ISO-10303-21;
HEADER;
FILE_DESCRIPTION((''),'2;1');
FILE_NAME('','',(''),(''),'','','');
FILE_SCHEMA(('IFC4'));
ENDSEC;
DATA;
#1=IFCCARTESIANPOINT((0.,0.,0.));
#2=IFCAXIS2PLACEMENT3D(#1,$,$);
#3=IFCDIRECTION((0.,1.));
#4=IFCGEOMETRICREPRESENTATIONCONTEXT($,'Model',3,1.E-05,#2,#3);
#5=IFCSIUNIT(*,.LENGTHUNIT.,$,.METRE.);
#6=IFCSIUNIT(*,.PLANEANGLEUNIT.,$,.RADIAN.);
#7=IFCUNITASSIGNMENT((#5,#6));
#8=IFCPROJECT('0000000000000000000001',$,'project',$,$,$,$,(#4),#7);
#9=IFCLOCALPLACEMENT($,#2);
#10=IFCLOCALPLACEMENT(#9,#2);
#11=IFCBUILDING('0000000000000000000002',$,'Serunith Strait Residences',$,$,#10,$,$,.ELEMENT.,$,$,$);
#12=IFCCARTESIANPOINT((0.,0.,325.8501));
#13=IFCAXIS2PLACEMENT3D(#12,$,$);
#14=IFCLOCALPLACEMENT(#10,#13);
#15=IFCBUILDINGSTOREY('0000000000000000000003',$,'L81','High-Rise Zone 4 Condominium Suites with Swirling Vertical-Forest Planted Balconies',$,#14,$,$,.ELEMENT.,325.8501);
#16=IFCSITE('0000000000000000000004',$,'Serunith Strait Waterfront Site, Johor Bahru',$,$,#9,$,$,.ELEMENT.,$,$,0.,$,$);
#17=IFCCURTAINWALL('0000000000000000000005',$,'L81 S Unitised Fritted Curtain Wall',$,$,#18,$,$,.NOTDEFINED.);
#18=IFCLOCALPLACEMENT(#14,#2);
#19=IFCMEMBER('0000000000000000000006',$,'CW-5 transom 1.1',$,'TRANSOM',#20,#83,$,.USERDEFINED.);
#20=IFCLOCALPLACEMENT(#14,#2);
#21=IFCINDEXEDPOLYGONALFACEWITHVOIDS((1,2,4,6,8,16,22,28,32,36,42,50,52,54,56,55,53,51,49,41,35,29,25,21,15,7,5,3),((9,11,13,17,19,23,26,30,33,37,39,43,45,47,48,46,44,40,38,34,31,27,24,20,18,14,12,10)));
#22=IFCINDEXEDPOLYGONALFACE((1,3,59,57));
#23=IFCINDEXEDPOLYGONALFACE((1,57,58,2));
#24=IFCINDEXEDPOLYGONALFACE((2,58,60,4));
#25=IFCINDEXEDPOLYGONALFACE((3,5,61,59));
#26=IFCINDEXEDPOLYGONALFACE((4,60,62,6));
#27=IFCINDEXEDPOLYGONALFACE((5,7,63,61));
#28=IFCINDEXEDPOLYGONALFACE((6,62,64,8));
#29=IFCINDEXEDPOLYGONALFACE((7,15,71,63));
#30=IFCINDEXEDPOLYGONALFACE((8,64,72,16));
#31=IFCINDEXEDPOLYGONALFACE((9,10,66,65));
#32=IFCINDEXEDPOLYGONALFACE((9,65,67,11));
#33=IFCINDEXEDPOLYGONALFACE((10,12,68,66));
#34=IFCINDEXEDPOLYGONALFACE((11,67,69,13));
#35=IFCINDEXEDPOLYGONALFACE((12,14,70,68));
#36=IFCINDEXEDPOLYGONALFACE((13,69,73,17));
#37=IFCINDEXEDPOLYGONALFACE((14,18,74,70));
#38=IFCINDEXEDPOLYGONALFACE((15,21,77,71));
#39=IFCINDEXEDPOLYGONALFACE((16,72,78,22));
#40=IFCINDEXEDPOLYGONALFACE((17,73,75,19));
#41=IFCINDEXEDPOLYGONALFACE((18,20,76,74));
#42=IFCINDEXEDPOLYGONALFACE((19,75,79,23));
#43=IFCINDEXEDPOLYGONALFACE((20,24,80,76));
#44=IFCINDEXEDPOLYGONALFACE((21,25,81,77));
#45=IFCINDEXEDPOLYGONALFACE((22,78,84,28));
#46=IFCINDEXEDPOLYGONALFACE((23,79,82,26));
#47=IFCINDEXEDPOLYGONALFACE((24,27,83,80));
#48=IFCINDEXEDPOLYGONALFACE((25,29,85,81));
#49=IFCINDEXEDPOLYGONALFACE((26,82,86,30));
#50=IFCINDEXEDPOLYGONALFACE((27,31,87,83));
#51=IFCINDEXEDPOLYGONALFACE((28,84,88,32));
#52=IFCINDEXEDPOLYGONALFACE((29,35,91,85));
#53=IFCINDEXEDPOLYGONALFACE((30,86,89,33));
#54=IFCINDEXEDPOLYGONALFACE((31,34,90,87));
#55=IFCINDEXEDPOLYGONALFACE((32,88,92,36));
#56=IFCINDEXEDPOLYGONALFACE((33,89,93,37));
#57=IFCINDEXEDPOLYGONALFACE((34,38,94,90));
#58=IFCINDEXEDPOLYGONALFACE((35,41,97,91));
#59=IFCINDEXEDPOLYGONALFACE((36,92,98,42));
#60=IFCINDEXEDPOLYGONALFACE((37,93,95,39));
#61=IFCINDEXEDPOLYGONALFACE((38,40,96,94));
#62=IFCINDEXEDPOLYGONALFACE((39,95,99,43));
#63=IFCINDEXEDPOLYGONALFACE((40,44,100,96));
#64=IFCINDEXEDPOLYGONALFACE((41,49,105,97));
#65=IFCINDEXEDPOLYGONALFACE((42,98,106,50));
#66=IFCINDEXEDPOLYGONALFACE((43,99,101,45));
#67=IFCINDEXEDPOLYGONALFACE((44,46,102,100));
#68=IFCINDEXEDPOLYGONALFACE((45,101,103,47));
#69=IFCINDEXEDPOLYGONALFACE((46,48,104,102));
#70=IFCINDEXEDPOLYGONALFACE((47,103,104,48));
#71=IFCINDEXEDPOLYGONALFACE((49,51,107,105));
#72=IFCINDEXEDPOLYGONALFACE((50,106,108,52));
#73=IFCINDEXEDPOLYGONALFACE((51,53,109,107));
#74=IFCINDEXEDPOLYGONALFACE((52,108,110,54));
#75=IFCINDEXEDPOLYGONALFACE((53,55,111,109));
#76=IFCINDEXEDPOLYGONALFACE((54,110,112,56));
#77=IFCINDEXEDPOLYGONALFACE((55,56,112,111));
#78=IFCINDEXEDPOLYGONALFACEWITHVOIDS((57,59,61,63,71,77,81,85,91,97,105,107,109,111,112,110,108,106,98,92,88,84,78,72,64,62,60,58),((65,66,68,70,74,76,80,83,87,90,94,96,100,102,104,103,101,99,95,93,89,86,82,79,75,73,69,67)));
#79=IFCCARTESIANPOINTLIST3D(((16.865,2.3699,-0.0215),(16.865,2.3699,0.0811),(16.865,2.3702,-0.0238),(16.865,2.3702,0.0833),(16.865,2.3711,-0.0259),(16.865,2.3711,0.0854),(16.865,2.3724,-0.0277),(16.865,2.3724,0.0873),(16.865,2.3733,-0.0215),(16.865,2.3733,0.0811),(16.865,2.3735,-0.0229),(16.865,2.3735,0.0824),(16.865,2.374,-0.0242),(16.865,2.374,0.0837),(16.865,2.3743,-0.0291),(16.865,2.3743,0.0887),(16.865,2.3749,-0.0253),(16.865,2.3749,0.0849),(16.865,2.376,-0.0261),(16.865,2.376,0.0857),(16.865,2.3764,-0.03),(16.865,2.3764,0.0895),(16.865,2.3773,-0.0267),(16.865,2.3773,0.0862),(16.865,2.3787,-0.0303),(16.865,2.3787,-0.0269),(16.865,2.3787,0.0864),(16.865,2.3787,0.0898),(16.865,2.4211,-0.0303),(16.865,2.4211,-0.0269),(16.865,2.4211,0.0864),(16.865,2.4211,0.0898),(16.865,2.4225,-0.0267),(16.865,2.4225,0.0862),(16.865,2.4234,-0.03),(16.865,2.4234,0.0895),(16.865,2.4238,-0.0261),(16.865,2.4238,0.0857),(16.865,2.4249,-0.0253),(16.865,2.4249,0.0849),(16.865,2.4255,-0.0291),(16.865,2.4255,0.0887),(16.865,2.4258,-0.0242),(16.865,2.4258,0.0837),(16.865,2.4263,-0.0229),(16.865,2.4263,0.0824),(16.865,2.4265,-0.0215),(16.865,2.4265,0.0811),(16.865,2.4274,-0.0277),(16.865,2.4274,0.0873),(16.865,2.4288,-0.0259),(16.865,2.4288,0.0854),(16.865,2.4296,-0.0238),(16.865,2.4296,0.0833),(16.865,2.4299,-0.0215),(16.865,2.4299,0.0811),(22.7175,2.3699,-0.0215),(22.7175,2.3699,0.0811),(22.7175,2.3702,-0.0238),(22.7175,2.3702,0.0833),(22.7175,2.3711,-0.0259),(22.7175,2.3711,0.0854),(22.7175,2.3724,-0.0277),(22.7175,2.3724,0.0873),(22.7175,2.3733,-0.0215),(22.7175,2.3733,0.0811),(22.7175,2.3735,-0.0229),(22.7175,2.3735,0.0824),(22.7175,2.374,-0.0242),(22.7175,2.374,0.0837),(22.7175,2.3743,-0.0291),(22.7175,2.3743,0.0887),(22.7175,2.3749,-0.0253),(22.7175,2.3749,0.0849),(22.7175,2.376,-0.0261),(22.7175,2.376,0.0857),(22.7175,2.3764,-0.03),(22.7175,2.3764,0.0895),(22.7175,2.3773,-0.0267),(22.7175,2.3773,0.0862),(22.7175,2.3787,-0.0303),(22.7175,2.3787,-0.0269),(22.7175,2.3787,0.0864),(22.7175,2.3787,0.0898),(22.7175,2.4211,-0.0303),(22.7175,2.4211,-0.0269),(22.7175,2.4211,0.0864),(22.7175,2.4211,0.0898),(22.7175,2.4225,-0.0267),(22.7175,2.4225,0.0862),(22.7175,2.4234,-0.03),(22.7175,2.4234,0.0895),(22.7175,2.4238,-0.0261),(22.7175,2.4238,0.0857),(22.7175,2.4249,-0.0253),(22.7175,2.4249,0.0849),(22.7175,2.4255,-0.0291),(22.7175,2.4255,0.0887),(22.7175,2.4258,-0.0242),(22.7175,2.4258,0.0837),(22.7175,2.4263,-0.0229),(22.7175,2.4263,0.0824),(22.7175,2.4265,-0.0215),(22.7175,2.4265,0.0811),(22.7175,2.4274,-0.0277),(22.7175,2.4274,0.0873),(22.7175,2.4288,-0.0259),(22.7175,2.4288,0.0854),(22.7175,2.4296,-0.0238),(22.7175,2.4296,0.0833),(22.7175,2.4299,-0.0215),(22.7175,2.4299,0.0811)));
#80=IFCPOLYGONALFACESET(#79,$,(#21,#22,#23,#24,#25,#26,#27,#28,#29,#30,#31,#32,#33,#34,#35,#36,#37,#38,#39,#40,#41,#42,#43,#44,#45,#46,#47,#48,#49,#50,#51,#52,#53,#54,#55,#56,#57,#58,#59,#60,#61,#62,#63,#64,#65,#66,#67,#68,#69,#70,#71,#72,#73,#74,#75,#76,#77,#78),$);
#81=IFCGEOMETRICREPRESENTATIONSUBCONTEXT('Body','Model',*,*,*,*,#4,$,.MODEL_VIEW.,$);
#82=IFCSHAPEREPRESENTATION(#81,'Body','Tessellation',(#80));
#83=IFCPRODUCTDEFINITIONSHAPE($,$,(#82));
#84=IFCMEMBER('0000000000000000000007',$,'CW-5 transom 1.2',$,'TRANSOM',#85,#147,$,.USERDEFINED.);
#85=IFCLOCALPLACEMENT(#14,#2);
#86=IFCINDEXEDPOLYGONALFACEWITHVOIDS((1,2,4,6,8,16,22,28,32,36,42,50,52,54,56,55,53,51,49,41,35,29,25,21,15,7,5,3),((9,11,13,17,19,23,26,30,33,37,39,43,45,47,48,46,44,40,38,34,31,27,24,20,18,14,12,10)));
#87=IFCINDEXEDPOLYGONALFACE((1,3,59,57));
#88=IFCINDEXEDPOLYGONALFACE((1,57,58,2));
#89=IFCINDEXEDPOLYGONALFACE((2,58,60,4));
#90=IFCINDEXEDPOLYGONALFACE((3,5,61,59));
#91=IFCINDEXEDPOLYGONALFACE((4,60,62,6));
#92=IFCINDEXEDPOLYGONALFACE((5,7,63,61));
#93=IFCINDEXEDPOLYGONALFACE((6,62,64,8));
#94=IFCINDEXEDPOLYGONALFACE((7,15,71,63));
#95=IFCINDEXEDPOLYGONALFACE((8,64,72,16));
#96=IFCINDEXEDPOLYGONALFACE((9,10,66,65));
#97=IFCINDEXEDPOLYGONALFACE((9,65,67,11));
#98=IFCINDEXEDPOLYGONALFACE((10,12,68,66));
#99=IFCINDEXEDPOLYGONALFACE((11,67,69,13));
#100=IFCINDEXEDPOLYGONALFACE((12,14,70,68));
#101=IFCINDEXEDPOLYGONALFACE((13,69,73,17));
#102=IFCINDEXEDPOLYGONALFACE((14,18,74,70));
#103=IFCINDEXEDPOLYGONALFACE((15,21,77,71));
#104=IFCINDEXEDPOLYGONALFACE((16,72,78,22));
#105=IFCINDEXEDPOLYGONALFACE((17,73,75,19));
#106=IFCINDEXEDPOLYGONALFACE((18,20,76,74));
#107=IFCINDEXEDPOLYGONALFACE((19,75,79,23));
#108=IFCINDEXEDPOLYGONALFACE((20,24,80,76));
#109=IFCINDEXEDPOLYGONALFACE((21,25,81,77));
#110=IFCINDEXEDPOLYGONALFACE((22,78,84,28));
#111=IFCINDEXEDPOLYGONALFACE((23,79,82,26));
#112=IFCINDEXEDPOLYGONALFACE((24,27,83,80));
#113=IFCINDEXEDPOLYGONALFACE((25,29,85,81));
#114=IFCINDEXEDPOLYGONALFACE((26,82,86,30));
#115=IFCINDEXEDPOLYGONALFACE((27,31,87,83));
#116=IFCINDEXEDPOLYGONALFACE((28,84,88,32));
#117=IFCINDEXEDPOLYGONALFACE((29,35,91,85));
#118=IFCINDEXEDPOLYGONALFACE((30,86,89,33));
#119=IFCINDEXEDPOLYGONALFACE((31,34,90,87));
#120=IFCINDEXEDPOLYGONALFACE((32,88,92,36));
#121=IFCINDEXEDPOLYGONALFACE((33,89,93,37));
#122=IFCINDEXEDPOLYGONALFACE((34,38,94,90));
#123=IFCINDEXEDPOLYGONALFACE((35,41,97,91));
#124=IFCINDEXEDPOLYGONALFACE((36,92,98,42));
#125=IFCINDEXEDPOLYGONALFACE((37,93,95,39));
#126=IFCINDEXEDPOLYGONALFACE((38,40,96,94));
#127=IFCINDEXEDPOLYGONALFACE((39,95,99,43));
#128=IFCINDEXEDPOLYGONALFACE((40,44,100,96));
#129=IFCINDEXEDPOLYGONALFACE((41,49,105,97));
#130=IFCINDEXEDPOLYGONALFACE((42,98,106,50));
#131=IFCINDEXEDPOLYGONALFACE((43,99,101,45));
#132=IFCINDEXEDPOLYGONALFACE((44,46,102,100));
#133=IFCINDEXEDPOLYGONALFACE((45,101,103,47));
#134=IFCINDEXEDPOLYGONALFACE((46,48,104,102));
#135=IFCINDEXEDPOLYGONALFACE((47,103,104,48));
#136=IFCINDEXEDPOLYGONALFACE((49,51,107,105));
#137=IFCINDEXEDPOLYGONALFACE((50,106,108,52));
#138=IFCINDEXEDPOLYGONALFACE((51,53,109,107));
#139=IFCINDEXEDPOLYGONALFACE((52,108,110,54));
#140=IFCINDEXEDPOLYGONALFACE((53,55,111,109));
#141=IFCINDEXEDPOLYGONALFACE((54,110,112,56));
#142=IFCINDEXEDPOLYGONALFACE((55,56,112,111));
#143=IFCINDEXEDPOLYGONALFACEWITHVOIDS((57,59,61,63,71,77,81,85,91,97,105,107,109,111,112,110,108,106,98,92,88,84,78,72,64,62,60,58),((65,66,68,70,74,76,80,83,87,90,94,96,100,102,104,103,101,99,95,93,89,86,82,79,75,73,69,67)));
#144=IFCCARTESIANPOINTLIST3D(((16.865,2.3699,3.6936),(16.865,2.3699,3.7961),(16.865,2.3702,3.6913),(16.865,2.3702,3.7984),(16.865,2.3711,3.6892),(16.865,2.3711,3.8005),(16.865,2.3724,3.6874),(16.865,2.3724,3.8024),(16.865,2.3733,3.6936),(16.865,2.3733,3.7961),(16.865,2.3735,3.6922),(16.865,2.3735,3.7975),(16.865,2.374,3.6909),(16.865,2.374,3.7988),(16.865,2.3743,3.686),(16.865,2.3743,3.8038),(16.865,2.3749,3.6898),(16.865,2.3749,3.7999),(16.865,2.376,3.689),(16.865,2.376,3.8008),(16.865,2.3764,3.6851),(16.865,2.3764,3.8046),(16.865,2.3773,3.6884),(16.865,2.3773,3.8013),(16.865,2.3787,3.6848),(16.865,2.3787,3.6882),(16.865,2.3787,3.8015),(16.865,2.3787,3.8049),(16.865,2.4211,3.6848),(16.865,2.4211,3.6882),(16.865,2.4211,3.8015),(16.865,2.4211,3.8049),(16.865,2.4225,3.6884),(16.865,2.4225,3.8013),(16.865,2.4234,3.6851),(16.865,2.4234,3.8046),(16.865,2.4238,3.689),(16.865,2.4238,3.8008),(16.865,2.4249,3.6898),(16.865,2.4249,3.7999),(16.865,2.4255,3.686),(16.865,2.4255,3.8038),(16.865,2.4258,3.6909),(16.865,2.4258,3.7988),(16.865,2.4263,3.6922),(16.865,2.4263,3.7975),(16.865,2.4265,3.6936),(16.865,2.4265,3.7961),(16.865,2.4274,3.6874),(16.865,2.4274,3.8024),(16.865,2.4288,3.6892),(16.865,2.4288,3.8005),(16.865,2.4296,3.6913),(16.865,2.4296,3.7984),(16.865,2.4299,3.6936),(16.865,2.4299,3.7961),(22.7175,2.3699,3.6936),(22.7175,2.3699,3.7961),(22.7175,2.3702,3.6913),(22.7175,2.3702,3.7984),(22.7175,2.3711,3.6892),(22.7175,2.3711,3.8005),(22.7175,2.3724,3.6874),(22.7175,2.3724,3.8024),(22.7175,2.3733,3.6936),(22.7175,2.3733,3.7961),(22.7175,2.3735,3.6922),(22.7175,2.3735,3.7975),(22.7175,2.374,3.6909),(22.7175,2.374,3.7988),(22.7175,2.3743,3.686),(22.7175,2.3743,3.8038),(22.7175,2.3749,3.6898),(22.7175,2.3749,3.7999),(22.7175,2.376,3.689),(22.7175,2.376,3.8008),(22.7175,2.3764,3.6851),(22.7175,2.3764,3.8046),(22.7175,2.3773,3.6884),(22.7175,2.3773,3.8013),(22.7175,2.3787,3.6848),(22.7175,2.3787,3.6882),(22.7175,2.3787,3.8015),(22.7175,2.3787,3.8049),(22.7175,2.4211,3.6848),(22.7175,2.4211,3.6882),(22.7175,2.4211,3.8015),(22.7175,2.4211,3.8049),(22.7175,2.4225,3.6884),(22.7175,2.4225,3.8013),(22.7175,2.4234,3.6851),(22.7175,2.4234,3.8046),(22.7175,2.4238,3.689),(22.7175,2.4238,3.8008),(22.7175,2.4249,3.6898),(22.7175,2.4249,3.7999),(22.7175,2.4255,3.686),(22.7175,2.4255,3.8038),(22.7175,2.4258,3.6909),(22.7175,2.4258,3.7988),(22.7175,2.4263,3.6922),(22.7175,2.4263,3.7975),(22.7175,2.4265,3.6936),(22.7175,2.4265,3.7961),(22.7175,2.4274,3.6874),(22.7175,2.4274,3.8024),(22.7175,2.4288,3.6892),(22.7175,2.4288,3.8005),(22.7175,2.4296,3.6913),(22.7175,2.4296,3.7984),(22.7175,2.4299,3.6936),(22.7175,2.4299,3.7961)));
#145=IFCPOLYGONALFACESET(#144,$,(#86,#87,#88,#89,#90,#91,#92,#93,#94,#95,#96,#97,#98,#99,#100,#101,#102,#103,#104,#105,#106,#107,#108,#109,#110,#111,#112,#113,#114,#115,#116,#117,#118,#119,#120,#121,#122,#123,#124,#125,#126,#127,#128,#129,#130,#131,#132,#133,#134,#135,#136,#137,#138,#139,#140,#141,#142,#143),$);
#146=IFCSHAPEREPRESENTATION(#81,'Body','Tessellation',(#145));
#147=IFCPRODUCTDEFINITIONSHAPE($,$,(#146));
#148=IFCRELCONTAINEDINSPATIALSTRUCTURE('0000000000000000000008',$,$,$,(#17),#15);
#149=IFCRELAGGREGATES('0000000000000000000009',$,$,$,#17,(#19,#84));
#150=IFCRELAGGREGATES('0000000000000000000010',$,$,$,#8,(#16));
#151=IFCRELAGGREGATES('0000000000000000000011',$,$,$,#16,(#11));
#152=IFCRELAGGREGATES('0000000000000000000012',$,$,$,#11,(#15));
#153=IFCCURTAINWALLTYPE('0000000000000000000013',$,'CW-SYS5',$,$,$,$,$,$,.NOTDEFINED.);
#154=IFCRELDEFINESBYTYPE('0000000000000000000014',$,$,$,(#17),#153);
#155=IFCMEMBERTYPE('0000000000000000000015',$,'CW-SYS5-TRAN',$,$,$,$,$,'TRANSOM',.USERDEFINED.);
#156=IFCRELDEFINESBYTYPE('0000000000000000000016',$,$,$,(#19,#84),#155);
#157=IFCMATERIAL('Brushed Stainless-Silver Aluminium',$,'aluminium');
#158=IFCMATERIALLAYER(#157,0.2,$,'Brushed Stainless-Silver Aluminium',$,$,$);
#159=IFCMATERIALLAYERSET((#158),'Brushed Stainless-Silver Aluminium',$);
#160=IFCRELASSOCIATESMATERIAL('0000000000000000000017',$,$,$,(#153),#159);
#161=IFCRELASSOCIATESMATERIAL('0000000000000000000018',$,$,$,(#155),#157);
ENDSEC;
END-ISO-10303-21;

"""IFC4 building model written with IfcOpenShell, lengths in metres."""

from ifc_helpers import new_model, si_unit, direction, frame, origin, origin_2d, place, context, subcontext, project, spatial, hollow_rectangle, extrude, source, transform, mapped, material, layer, layer_set, material_profile, profile_set, type_object, element, aggregate, save


model = new_model("IFC4")

# Units and contexts
model_context = context("Model", 3, precision=1e-05, world=origin(), true_north=direction((0.0, 1.0)))
body_context = subcontext(model_context, "Body", "Model", "MODEL_VIEW")
ifc_project = project(units=[si_unit("LENGTHUNIT", "METRE"), si_unit("PLANEANGLEUNIT", "RADIAN")], contexts=[model_context])

# Site, building, storey
site_placement = place(None, origin())
site = spatial("IfcSite", under=ifc_project, at=site_placement, Name="Serunith Strait Waterfront Site, Johor Bahru", CompositionType="ELEMENT", RefElevation=0.0)
building_placement = place(site_placement, origin())
building = spatial("IfcBuilding", under=site, at=building_placement, Name="Serunith Strait Residences", CompositionType="ELEMENT")
storey_placement = place(building_placement, frame((0.0, 0.0, 325.8501)))
storey = spatial("IfcBuildingStorey", under=building, at=storey_placement, Name="L81", Description="High-Rise Zone 4 Condominium Suites with Swirling Vertical-Forest Planted Balconies", CompositionType="ELEMENT", Elevation=325.8501)

# Curtain wall
ifc_material_1 = material(Name="Brushed Stainless-Silver Aluminium", Category="aluminium")
ifc_layer_1 = layer(ifc_material_1, 0.2, Name="Brushed Stainless-Silver Aluminium")
ifc_layer_set_1 = layer_set([ifc_layer_1], Name="Brushed Stainless-Silver Aluminium")
curtain_wall_type = type_object("IfcCurtainWallType", Name="CW-SYS5", PredefinedType="NOTDEFINED", material=ifc_layer_set_1)
curtain_wall_1_placement = place(storey_placement, origin())
curtain_wall_1 = element("IfcCurtainWall", 1, at=curtain_wall_1_placement, inside=storey, type_object=curtain_wall_type, Name="L81 S Unitised Fritted Curtain Wall", PredefinedType="NOTDEFINED")

# Members
ifc_material_profile_1 = material_profile(ifc_material_1, hollow_rectangle(XDim=0.0601, YDim=0.1201, WallThickness=0.0034, InnerFilletRadius=0.0054, OuterFilletRadius=0.0088, at=origin_2d()), Name="ALU 120x60x3.5")
ifc_profile_set_1 = profile_set([ifc_material_profile_1], Name="Brushed Stainless-Silver Aluminium")
member_type_1 = type_object("IfcMemberType", Name="CW-SYS5-TRAN", ElementType="TRANSOM", PredefinedType="USERDEFINED", material=ifc_profile_set_1)
shared_shape_1 = source(origin(), body_context, "Body", "SweptSolid", [
    extrude(hollow_rectangle(XDim=0.0601, YDim=0.1201, WallThickness=0.0034, InnerFilletRadius=0.0054, OuterFilletRadius=0.0088, at=origin_2d()), origin(), (0.0, 0.0, 1.0), 5.8525),
])
member_1_placement = place(storey_placement, frame((16.865, 2.3999, 0.0298), z_axis=(1.0, 0.0, 0.0), x_axis=(0.0, 1.0, 0.0)))
member_1 = element("IfcMember", 2, at=member_1_placement, type_object=member_type_1, Name="CW-5 transom 1.1", ObjectType="TRANSOM", PredefinedType="USERDEFINED", context=body_context, shape_type="MappedRepresentation", body=[
    mapped(shared_shape_1, transform((0.0, 0.0, 0.0), scale=1.0)),
])
member_2_placement = place(storey_placement, frame((16.865, 2.3999, 3.7449), z_axis=(1.0, 0.0, 0.0), x_axis=(0.0, 1.0, 0.0)))
member_2 = element("IfcMember", 3, at=member_2_placement, type_object=member_type_1, Name="CW-5 transom 1.2", ObjectType="TRANSOM", PredefinedType="USERDEFINED", context=body_context, shape_type="MappedRepresentation", body=[
    mapped(shared_shape_1, transform((0.0, 0.0, 0.0), scale=1.0)),
])
aggregate(curtain_wall_1, [member_1, member_2])

save(model, "model.ifc")
